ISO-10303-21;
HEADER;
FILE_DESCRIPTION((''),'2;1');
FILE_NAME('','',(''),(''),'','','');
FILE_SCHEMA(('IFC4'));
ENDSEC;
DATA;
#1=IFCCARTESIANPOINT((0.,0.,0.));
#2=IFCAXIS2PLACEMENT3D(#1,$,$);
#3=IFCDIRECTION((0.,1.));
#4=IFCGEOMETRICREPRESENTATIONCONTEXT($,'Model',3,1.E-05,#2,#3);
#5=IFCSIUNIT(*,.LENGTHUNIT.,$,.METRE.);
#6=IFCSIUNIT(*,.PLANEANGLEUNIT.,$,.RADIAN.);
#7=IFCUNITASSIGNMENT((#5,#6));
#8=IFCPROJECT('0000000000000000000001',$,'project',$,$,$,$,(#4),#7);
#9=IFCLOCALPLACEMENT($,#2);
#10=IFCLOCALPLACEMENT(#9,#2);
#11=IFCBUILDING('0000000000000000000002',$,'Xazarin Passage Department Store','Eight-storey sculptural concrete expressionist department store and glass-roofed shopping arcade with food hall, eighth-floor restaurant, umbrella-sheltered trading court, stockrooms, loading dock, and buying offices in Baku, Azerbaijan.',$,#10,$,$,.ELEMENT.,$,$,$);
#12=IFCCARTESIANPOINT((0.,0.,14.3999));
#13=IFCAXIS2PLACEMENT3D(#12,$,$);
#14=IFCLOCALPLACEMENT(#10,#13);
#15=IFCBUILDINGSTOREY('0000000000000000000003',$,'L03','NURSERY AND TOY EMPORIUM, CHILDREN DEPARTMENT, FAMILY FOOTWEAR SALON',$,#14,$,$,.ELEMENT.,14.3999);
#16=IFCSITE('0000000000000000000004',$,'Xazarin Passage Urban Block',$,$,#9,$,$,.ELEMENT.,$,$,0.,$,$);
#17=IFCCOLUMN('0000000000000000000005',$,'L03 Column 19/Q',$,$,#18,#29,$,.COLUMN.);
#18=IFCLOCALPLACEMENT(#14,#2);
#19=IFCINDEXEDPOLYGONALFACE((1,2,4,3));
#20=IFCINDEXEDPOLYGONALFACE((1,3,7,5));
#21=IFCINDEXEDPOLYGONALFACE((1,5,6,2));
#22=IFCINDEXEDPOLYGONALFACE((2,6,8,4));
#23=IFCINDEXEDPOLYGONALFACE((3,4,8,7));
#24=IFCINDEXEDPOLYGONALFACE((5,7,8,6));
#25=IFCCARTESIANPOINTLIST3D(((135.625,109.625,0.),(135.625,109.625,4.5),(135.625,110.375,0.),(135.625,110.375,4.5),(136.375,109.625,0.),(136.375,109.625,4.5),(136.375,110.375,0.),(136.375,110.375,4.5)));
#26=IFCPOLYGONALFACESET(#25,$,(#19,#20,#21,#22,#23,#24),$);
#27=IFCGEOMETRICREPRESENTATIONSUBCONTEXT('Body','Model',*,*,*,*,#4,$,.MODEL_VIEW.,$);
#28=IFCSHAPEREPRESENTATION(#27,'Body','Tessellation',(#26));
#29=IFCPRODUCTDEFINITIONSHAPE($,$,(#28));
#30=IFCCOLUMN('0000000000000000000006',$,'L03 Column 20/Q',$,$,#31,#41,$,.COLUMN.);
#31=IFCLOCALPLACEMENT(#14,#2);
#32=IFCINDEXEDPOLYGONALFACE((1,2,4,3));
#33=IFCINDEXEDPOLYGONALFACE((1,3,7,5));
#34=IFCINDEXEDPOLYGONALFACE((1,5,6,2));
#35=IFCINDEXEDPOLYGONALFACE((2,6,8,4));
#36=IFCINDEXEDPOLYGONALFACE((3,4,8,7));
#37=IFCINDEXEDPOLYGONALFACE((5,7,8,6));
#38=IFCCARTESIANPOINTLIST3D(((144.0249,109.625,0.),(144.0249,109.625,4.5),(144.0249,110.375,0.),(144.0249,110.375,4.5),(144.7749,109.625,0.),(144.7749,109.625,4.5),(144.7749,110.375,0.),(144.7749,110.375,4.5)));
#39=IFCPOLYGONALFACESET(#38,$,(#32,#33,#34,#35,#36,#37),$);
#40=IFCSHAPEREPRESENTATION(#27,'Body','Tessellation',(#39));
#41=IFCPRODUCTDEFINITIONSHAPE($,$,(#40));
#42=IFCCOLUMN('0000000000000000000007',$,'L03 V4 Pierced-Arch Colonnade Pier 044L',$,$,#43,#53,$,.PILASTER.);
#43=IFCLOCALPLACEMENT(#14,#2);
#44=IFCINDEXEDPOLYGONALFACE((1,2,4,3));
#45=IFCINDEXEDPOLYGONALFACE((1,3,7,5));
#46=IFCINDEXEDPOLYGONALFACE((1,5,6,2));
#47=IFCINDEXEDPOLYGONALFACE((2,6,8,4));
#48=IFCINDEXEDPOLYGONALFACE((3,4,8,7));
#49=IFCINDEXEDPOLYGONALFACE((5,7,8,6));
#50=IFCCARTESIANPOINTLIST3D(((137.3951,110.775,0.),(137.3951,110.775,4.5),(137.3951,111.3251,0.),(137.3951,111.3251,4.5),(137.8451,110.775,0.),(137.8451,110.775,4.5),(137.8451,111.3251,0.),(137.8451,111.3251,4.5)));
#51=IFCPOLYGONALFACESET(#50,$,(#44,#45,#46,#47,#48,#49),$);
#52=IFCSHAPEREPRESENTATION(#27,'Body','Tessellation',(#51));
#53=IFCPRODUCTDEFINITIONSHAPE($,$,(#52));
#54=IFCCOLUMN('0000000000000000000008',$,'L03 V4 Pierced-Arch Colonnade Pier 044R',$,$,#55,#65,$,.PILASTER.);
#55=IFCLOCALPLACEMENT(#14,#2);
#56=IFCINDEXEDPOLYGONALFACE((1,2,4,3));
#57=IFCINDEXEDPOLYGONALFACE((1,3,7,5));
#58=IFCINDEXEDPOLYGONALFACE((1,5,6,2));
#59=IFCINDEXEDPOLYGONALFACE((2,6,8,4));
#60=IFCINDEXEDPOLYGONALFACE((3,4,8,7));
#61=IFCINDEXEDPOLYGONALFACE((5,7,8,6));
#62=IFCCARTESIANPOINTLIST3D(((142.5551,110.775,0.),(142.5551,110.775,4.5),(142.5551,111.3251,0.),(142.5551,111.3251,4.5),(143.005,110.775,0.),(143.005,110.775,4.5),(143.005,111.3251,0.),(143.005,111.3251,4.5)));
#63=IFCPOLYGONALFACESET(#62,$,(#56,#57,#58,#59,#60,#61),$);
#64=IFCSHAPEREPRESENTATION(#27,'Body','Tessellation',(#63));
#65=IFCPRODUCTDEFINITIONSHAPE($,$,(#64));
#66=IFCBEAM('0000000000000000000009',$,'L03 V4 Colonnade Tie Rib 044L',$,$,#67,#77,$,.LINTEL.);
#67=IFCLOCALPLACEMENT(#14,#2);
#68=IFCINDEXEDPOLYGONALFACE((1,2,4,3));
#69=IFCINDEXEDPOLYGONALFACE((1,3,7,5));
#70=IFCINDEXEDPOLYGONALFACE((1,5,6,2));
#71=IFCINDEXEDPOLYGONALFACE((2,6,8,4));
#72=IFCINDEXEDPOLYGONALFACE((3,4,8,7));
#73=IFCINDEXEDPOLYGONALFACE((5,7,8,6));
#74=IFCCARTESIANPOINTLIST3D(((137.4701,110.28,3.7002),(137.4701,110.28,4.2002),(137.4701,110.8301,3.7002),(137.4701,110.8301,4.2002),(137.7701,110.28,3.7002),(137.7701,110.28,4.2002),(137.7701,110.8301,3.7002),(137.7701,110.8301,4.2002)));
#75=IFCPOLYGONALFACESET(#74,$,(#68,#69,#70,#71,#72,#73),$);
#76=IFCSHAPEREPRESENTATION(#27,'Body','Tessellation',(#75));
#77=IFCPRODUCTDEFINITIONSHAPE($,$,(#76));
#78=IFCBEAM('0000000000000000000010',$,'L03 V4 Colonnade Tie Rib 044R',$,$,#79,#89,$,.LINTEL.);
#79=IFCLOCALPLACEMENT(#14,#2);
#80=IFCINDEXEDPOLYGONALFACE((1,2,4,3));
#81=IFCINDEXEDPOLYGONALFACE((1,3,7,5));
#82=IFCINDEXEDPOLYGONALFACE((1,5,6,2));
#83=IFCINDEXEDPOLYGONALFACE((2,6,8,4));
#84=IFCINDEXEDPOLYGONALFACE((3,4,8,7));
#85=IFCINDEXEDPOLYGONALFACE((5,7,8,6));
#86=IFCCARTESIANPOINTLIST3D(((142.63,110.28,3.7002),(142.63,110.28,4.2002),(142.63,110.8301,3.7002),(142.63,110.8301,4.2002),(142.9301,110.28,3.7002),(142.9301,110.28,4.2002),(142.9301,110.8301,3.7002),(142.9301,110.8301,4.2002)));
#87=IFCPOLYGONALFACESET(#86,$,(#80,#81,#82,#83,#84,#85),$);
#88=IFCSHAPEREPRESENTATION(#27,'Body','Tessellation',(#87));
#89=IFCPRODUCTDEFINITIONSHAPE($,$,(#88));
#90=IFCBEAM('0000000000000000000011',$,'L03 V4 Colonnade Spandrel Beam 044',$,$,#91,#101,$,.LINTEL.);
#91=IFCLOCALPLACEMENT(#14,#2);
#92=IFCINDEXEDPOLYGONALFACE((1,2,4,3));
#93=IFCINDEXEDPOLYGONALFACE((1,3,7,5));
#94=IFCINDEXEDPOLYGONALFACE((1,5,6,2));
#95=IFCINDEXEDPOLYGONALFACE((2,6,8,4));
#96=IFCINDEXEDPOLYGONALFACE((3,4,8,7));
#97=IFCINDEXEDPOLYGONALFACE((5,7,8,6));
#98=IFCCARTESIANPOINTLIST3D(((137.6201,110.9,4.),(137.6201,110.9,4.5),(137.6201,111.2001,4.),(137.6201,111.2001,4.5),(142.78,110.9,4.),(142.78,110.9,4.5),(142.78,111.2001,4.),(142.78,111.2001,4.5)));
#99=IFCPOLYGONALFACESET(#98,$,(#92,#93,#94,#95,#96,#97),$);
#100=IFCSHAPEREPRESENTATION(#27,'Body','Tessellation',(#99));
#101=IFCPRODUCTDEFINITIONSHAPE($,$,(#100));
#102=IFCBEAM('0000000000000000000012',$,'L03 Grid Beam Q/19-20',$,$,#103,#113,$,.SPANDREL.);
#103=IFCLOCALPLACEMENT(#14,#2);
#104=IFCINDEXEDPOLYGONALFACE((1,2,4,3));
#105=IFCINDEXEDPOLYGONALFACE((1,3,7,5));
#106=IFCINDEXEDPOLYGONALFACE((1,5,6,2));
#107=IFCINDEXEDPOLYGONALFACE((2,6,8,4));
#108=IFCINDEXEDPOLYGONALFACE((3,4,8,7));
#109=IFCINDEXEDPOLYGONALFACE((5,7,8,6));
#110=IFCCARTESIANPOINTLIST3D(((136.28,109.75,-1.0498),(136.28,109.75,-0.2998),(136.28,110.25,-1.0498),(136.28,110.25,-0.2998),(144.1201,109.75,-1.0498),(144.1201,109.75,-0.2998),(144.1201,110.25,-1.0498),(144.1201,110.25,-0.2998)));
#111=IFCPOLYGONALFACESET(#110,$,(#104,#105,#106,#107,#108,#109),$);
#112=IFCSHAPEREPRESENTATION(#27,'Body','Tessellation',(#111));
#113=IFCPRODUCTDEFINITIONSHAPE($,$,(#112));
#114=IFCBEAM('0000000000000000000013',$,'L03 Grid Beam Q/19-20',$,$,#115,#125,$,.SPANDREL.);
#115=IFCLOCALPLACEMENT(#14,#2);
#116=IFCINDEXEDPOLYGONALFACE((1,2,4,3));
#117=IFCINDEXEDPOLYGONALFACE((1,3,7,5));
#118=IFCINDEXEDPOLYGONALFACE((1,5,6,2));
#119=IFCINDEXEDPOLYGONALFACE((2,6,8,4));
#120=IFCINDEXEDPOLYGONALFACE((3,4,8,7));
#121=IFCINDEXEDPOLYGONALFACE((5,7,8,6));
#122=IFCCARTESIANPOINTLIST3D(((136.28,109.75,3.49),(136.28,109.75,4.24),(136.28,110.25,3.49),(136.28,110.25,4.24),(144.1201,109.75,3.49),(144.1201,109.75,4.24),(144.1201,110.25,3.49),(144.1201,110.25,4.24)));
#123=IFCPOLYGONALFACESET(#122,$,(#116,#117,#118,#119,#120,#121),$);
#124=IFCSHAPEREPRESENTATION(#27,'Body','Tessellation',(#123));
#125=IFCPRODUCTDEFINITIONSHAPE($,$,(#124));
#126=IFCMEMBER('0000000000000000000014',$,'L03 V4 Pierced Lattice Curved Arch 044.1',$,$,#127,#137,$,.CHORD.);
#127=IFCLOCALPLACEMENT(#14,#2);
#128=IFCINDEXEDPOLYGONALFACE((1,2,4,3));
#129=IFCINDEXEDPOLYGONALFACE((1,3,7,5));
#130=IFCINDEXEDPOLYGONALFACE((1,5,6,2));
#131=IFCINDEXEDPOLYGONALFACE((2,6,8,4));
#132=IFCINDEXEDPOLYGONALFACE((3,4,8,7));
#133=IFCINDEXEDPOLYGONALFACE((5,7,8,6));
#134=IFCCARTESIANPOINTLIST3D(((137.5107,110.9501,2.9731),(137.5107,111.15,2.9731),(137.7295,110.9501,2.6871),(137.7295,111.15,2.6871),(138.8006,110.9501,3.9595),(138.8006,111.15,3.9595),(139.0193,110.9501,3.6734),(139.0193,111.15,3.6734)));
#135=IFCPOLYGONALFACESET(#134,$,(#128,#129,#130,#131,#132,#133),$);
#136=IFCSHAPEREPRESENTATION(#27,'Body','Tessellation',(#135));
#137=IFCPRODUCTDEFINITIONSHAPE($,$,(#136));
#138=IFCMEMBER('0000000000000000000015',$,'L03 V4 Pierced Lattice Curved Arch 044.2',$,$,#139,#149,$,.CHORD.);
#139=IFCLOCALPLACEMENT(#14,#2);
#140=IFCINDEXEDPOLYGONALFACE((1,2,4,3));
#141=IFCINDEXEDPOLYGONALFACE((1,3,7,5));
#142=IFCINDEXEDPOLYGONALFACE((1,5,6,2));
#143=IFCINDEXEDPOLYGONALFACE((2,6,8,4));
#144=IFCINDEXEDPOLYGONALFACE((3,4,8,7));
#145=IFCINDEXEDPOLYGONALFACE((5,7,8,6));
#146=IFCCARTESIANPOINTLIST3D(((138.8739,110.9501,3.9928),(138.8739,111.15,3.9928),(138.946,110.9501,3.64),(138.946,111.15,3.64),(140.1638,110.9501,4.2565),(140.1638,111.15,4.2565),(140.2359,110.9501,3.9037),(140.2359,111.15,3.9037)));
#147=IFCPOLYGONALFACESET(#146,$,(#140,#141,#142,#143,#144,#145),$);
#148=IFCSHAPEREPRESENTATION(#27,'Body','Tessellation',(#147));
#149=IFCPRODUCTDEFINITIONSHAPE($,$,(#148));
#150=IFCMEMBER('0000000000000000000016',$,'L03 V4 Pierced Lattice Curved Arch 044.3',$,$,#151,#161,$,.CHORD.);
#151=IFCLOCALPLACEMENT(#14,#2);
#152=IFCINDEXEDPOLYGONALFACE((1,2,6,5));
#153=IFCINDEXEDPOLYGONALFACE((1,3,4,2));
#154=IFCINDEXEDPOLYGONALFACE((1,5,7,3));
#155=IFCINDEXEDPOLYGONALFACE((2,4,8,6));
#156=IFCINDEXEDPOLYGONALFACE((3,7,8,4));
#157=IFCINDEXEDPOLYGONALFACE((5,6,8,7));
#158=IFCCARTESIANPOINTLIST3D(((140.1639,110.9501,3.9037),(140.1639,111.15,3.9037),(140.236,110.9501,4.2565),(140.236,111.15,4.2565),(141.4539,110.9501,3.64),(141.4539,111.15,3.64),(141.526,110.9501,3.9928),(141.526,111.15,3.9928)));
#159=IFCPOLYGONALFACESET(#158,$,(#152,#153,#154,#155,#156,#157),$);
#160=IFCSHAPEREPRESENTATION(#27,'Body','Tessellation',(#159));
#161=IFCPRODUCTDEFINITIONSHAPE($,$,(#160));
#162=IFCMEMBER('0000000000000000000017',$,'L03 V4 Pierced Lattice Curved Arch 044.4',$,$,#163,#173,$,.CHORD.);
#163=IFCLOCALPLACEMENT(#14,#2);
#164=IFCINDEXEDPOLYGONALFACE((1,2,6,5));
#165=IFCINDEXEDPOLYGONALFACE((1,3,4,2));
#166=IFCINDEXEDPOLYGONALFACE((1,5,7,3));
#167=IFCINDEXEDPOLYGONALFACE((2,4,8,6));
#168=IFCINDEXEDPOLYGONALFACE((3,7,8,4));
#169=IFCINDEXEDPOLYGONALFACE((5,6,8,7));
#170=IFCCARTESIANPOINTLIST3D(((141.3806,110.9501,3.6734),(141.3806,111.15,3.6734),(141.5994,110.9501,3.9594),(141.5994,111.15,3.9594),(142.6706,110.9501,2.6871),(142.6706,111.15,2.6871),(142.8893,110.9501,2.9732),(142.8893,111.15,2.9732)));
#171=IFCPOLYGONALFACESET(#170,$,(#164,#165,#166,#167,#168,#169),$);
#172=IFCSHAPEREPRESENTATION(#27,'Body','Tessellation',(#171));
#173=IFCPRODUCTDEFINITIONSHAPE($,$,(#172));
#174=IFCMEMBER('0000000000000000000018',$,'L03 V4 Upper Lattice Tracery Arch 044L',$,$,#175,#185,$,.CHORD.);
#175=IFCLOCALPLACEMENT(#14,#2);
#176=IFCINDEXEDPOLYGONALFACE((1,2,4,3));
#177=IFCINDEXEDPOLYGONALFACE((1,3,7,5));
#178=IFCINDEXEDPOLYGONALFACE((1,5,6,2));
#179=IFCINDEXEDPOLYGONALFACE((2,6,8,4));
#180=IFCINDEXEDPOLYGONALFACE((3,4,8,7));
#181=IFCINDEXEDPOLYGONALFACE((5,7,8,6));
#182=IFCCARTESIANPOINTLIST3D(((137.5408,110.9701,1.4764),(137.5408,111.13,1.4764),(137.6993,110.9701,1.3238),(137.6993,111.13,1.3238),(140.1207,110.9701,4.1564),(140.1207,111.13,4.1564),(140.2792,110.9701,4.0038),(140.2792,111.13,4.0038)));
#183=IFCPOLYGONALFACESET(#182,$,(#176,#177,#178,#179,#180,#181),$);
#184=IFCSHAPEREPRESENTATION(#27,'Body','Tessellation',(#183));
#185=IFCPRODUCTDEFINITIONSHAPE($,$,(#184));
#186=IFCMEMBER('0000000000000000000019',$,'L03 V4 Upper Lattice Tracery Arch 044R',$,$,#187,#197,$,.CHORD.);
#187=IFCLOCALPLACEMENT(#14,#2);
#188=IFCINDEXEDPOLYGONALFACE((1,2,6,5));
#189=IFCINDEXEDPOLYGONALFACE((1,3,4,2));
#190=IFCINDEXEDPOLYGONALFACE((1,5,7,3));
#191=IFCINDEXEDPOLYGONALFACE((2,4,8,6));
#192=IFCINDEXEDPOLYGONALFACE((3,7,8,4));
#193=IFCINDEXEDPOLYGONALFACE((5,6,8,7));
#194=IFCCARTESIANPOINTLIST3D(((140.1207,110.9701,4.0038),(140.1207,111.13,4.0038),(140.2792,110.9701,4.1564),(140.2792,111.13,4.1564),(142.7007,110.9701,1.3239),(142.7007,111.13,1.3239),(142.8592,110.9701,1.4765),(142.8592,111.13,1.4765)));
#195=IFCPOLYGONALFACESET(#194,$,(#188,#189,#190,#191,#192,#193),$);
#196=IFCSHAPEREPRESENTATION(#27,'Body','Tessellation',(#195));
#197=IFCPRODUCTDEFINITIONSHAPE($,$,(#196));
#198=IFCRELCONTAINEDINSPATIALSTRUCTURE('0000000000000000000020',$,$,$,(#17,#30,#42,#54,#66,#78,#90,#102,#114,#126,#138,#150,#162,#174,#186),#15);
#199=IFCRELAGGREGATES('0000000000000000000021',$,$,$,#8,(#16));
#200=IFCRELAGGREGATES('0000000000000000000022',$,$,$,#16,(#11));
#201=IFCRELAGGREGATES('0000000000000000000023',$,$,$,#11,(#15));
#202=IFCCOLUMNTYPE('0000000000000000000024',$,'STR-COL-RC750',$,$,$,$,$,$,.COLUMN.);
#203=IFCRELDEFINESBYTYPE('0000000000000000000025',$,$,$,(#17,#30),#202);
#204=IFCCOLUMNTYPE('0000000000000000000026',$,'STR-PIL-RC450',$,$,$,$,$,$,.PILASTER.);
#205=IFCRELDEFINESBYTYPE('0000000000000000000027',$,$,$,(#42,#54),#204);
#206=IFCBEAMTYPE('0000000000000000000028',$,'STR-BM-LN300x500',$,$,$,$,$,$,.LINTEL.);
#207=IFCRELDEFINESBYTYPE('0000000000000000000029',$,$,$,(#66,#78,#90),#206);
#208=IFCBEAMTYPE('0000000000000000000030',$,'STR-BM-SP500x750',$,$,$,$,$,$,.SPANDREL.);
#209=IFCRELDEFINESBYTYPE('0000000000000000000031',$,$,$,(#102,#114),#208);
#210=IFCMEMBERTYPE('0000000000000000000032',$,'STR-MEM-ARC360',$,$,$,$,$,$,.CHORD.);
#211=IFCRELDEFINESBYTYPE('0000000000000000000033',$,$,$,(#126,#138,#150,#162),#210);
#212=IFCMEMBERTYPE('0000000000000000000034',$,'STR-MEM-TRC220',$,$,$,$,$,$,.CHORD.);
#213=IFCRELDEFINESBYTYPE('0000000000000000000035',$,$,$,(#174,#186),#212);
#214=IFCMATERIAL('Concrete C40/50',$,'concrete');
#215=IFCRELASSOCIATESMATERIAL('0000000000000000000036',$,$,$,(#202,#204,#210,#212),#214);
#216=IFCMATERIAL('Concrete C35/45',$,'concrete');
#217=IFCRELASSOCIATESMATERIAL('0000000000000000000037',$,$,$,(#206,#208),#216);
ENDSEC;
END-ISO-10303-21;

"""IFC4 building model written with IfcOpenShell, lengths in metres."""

from ifc_helpers import new_model, si_unit, direction, frame, origin, origin_2d, place, context, subcontext, project, spatial, rectangle, extrude, material, material_profile, profile_set, type_object, element, save


model = new_model("IFC4")

# Units and contexts
model_context = context("Model", 3, precision=1e-05, world=origin(), true_north=direction((0.0, 1.0)))
body_context = subcontext(model_context, "Body", "Model", "MODEL_VIEW")
ifc_project = project(units=[si_unit("LENGTHUNIT", "METRE"), si_unit("PLANEANGLEUNIT", "RADIAN")], contexts=[model_context])

# Site, building, storey
site_placement = place(None, origin())
site = spatial("IfcSite", under=ifc_project, at=site_placement, Name="Xazarin Passage Urban Block", CompositionType="ELEMENT", RefElevation=0.0)
building_placement = place(site_placement, origin())
building = spatial("IfcBuilding", under=site, at=building_placement, Name="Xazarin Passage Department Store", Description="Eight-storey sculptural concrete expressionist department store and glass-roofed shopping arcade with food hall, eighth-floor restaurant, umbrella-sheltered trading court, stockrooms, loading dock, and buying offices in Baku, Azerbaijan.", CompositionType="ELEMENT")
storey_placement = place(building_placement, frame((0.0, 0.0, 14.3999)))
storey = spatial("IfcBuildingStorey", under=building, at=storey_placement, Name="L03", Description="NURSERY AND TOY EMPORIUM, CHILDREN DEPARTMENT, FAMILY FOOTWEAR SALON", CompositionType="ELEMENT", Elevation=14.3999)

# Columns
ifc_material_1 = material(Name="Concrete C40/50", Category="concrete")
ifc_material_profile_1 = material_profile(ifc_material_1, rectangle(XDim=0.75, YDim=0.75, at=origin_2d()), Name="RC 750x750")
ifc_profile_set_1 = profile_set([ifc_material_profile_1], Name="Concrete C40/50")
column_type_1 = type_object("IfcColumnType", Name="STR-COL-RC750", PredefinedType="COLUMN", material=ifc_profile_set_1)
for number, where, z_axis, x_axis, name in (
    (1, (136.0, 110.0, 0.0), (0.0, 0.0, 1.0), (1.0, 0.0, 0.0), "L03 Column 19/Q"),
    (2, (144.3999, 110.0, 0.0), (0.0, 0.0, 1.0), (1.0, 0.0, 0.0), "L03 Column 20/Q"),
):
    element("IfcColumn", number, at=place(storey_placement, frame(where, z_axis=z_axis, x_axis=x_axis)), inside=storey, type_object=column_type_1, Name=name, PredefinedType="COLUMN", context=body_context, shape_type="SweptSolid", body=[
        extrude(rectangle(XDim=0.75, YDim=0.75, at=origin_2d()), origin(), (0.0, 0.0, 1.0), 4.5),
    ])
ifc_material_profile_2 = material_profile(ifc_material_1, rectangle(XDim=0.45, YDim=0.55, at=origin_2d()), Name="RC 450x550")
ifc_profile_set_2 = profile_set([ifc_material_profile_2], Name="Concrete C40/50")
column_type_2 = type_object("IfcColumnType", Name="STR-PIL-RC450", PredefinedType="PILASTER", material=ifc_profile_set_2)
for number, where, z_axis, x_axis, name in (
    (3, (137.6201, 111.05, 0.0), (0.0, 0.0, 1.0), (1.0, 0.0, 0.0), "L03 V4 Pierced-Arch Colonnade Pier 044L"),
    (4, (142.78, 111.05, 0.0), (0.0, 0.0, 1.0), (1.0, 0.0, 0.0), "L03 V4 Pierced-Arch Colonnade Pier 044R"),
):
    element("IfcColumn", number, at=place(storey_placement, frame(where, z_axis=z_axis, x_axis=x_axis)), inside=storey, type_object=column_type_2, Name=name, PredefinedType="PILASTER", context=body_context, shape_type="SweptSolid", body=[
        extrude(rectangle(XDim=0.45, YDim=0.55, at=origin_2d()), origin(), (0.0, 0.0, 1.0), 4.5),
    ])

# Beams
ifc_material_2 = material(Name="Concrete C35/45", Category="concrete")
ifc_material_profile_3 = material_profile(ifc_material_2, rectangle(XDim=0.3, YDim=0.5, at=origin_2d()), Name="RC 300x500")
ifc_profile_set_3 = profile_set([ifc_material_profile_3], Name="Concrete C35/45")
beam_type_1 = type_object("IfcBeamType", Name="STR-BM-LN300x500", PredefinedType="LINTEL", material=ifc_profile_set_3)
for number, where, z_axis, x_axis, name in (
    (5, (137.6201, 110.28, 3.9502), (0.0, 1.0, 0.0), (-1.0, 0.0, 0.0), "L03 V4 Colonnade Tie Rib 044L"),
    (6, (142.78, 110.28, 3.9502), (0.0, 1.0, 0.0), (-1.0, 0.0, 0.0), "L03 V4 Colonnade Tie Rib 044R"),
):
    element("IfcBeam", number, at=place(storey_placement, frame(where, z_axis=z_axis, x_axis=x_axis)), inside=storey, type_object=beam_type_1, Name=name, PredefinedType="LINTEL", context=body_context, shape_type="SweptSolid", body=[
        extrude(rectangle(XDim=0.3, YDim=0.5, at=origin_2d()), origin(), (0.0, 0.0, 1.0), 0.55),
    ])
beam_placement = place(storey_placement, frame((137.6201, 111.05, 4.25), z_axis=(1.0, 0.0, 0.0), x_axis=(0.0, 1.0, 0.0)))
element("IfcBeam", 7, at=beam_placement, inside=storey, type_object=beam_type_1, Name="L03 V4 Colonnade Spandrel Beam 044", PredefinedType="LINTEL", context=body_context, shape_type="SweptSolid", body=[
    extrude(rectangle(XDim=0.3, YDim=0.5, at=origin_2d()), origin(), (0.0, 0.0, 1.0), 5.1599),
])
ifc_material_profile_4 = material_profile(ifc_material_2, rectangle(XDim=0.5, YDim=0.75, at=origin_2d()), Name="RC 500x750")
ifc_profile_set_4 = profile_set([ifc_material_profile_4], Name="Concrete C35/45")
beam_type_2 = type_object("IfcBeamType", Name="STR-BM-SP500x750", PredefinedType="SPANDREL", material=ifc_profile_set_4)
for number, where, z_axis, x_axis, name in (
    (8, (136.28, 110.0, -0.6748), (1.0, 0.0, 0.0), (0.0, 1.0, 0.0), "L03 Grid Beam Q/19-20"),
    (9, (136.28, 110.0, 3.865), (1.0, 0.0, 0.0), (0.0, 1.0, 0.0), "L03 Grid Beam Q/19-20"),
):
    element("IfcBeam", number, at=place(storey_placement, frame(where, z_axis=z_axis, x_axis=x_axis)), inside=storey, type_object=beam_type_2, Name=name, PredefinedType="SPANDREL", context=body_context, shape_type="SweptSolid", body=[
        extrude(rectangle(XDim=0.5, YDim=0.75, at=origin_2d()), origin(), (0.0, 0.0, 1.0), 7.8401),
    ])

# Members
ifc_material_profile_5 = material_profile(ifc_material_1, rectangle(XDim=0.2, YDim=0.3601, at=origin_2d()), Name="RC 200x360")
ifc_profile_set_5 = profile_set([ifc_material_profile_5], Name="Concrete C40/50")
member_type_1 = type_object("IfcMemberType", Name="STR-MEM-ARC360", PredefinedType="CHORD", material=ifc_profile_set_5)
member_1_placement = place(storey_placement, frame((137.6201, 111.05, 2.8301), z_axis=(0.794354, 0.0, 0.607456), x_axis=(0.0, 1.0, 0.0)))
element("IfcMember", 10, at=member_1_placement, inside=storey, type_object=member_type_1, Name="L03 V4 Pierced Lattice Curved Arch 044.1", PredefinedType="CHORD", context=body_context, shape_type="SweptSolid", body=[
    extrude(rectangle(XDim=0.2, YDim=0.3601, at=origin_2d()), origin(), (0.0, 0.0, 1.0), 1.6238),
])
for number, where, z_axis, x_axis, name in (
    (11, (138.9099, 111.05, 3.8164), (0.979745, 0.0, 0.200251), (0.0, 1.0, 0.0), "L03 V4 Pierced Lattice Curved Arch 044.2"),
    (12, (140.2, 111.05, 4.0801), (0.979745, 0.0, -0.200251), (0.0, 1.0, 0.0), "L03 V4 Pierced Lattice Curved Arch 044.3"),
):
    element("IfcMember", number, at=place(storey_placement, frame(where, z_axis=z_axis, x_axis=x_axis)), inside=storey, type_object=member_type_1, Name=name, PredefinedType="CHORD", context=body_context, shape_type="SweptSolid", body=[
        extrude(rectangle(XDim=0.2, YDim=0.3601, at=origin_2d()), origin(), (0.0, 0.0, 1.0), 1.3167),
    ])
member_2_placement = place(storey_placement, frame((141.49, 111.05, 3.8164), z_axis=(0.794409, 0.0, -0.607383), x_axis=(0.0, 1.0, 0.0)))
element("IfcMember", 13, at=member_2_placement, inside=storey, type_object=member_type_1, Name="L03 V4 Pierced Lattice Curved Arch 044.4", PredefinedType="CHORD", context=body_context, shape_type="SweptSolid", body=[
    extrude(rectangle(XDim=0.2, YDim=0.3601, at=origin_2d()), origin(), (0.0, 0.0, 1.0), 1.6238),
])
ifc_material_profile_6 = material_profile(ifc_material_1, rectangle(XDim=0.1599, YDim=0.22, at=origin_2d()), Name="RC 160x220")
ifc_profile_set_6 = profile_set([ifc_material_profile_6], Name="Concrete C40/50")
member_type_2 = type_object("IfcMemberType", Name="STR-MEM-TRC220", PredefinedType="CHORD", material=ifc_profile_set_6)
for number, where, z_axis, x_axis, name in (
    (14, (140.2, 111.05, 4.0801), (-0.693524, 0.0, -0.720433), (0.0, -1.0, 0.0), "L03 V4 Upper Lattice Tracery Arch 044L"),
    (15, (140.2, 111.05, 4.0801), (0.693558, 0.0, -0.7204), (0.0, 1.0, 0.0), "L03 V4 Upper Lattice Tracery Arch 044R"),
):
    element("IfcMember", number, at=place(storey_placement, frame(where, z_axis=z_axis, x_axis=x_axis)), inside=storey, type_object=member_type_2, Name=name, PredefinedType="CHORD", context=body_context, shape_type="SweptSolid", body=[
        extrude(rectangle(XDim=0.1599, YDim=0.22, at=origin_2d()), origin(), (0.0, 0.0, 1.0), 3.72),
    ])

save(model, "model.ifc")
